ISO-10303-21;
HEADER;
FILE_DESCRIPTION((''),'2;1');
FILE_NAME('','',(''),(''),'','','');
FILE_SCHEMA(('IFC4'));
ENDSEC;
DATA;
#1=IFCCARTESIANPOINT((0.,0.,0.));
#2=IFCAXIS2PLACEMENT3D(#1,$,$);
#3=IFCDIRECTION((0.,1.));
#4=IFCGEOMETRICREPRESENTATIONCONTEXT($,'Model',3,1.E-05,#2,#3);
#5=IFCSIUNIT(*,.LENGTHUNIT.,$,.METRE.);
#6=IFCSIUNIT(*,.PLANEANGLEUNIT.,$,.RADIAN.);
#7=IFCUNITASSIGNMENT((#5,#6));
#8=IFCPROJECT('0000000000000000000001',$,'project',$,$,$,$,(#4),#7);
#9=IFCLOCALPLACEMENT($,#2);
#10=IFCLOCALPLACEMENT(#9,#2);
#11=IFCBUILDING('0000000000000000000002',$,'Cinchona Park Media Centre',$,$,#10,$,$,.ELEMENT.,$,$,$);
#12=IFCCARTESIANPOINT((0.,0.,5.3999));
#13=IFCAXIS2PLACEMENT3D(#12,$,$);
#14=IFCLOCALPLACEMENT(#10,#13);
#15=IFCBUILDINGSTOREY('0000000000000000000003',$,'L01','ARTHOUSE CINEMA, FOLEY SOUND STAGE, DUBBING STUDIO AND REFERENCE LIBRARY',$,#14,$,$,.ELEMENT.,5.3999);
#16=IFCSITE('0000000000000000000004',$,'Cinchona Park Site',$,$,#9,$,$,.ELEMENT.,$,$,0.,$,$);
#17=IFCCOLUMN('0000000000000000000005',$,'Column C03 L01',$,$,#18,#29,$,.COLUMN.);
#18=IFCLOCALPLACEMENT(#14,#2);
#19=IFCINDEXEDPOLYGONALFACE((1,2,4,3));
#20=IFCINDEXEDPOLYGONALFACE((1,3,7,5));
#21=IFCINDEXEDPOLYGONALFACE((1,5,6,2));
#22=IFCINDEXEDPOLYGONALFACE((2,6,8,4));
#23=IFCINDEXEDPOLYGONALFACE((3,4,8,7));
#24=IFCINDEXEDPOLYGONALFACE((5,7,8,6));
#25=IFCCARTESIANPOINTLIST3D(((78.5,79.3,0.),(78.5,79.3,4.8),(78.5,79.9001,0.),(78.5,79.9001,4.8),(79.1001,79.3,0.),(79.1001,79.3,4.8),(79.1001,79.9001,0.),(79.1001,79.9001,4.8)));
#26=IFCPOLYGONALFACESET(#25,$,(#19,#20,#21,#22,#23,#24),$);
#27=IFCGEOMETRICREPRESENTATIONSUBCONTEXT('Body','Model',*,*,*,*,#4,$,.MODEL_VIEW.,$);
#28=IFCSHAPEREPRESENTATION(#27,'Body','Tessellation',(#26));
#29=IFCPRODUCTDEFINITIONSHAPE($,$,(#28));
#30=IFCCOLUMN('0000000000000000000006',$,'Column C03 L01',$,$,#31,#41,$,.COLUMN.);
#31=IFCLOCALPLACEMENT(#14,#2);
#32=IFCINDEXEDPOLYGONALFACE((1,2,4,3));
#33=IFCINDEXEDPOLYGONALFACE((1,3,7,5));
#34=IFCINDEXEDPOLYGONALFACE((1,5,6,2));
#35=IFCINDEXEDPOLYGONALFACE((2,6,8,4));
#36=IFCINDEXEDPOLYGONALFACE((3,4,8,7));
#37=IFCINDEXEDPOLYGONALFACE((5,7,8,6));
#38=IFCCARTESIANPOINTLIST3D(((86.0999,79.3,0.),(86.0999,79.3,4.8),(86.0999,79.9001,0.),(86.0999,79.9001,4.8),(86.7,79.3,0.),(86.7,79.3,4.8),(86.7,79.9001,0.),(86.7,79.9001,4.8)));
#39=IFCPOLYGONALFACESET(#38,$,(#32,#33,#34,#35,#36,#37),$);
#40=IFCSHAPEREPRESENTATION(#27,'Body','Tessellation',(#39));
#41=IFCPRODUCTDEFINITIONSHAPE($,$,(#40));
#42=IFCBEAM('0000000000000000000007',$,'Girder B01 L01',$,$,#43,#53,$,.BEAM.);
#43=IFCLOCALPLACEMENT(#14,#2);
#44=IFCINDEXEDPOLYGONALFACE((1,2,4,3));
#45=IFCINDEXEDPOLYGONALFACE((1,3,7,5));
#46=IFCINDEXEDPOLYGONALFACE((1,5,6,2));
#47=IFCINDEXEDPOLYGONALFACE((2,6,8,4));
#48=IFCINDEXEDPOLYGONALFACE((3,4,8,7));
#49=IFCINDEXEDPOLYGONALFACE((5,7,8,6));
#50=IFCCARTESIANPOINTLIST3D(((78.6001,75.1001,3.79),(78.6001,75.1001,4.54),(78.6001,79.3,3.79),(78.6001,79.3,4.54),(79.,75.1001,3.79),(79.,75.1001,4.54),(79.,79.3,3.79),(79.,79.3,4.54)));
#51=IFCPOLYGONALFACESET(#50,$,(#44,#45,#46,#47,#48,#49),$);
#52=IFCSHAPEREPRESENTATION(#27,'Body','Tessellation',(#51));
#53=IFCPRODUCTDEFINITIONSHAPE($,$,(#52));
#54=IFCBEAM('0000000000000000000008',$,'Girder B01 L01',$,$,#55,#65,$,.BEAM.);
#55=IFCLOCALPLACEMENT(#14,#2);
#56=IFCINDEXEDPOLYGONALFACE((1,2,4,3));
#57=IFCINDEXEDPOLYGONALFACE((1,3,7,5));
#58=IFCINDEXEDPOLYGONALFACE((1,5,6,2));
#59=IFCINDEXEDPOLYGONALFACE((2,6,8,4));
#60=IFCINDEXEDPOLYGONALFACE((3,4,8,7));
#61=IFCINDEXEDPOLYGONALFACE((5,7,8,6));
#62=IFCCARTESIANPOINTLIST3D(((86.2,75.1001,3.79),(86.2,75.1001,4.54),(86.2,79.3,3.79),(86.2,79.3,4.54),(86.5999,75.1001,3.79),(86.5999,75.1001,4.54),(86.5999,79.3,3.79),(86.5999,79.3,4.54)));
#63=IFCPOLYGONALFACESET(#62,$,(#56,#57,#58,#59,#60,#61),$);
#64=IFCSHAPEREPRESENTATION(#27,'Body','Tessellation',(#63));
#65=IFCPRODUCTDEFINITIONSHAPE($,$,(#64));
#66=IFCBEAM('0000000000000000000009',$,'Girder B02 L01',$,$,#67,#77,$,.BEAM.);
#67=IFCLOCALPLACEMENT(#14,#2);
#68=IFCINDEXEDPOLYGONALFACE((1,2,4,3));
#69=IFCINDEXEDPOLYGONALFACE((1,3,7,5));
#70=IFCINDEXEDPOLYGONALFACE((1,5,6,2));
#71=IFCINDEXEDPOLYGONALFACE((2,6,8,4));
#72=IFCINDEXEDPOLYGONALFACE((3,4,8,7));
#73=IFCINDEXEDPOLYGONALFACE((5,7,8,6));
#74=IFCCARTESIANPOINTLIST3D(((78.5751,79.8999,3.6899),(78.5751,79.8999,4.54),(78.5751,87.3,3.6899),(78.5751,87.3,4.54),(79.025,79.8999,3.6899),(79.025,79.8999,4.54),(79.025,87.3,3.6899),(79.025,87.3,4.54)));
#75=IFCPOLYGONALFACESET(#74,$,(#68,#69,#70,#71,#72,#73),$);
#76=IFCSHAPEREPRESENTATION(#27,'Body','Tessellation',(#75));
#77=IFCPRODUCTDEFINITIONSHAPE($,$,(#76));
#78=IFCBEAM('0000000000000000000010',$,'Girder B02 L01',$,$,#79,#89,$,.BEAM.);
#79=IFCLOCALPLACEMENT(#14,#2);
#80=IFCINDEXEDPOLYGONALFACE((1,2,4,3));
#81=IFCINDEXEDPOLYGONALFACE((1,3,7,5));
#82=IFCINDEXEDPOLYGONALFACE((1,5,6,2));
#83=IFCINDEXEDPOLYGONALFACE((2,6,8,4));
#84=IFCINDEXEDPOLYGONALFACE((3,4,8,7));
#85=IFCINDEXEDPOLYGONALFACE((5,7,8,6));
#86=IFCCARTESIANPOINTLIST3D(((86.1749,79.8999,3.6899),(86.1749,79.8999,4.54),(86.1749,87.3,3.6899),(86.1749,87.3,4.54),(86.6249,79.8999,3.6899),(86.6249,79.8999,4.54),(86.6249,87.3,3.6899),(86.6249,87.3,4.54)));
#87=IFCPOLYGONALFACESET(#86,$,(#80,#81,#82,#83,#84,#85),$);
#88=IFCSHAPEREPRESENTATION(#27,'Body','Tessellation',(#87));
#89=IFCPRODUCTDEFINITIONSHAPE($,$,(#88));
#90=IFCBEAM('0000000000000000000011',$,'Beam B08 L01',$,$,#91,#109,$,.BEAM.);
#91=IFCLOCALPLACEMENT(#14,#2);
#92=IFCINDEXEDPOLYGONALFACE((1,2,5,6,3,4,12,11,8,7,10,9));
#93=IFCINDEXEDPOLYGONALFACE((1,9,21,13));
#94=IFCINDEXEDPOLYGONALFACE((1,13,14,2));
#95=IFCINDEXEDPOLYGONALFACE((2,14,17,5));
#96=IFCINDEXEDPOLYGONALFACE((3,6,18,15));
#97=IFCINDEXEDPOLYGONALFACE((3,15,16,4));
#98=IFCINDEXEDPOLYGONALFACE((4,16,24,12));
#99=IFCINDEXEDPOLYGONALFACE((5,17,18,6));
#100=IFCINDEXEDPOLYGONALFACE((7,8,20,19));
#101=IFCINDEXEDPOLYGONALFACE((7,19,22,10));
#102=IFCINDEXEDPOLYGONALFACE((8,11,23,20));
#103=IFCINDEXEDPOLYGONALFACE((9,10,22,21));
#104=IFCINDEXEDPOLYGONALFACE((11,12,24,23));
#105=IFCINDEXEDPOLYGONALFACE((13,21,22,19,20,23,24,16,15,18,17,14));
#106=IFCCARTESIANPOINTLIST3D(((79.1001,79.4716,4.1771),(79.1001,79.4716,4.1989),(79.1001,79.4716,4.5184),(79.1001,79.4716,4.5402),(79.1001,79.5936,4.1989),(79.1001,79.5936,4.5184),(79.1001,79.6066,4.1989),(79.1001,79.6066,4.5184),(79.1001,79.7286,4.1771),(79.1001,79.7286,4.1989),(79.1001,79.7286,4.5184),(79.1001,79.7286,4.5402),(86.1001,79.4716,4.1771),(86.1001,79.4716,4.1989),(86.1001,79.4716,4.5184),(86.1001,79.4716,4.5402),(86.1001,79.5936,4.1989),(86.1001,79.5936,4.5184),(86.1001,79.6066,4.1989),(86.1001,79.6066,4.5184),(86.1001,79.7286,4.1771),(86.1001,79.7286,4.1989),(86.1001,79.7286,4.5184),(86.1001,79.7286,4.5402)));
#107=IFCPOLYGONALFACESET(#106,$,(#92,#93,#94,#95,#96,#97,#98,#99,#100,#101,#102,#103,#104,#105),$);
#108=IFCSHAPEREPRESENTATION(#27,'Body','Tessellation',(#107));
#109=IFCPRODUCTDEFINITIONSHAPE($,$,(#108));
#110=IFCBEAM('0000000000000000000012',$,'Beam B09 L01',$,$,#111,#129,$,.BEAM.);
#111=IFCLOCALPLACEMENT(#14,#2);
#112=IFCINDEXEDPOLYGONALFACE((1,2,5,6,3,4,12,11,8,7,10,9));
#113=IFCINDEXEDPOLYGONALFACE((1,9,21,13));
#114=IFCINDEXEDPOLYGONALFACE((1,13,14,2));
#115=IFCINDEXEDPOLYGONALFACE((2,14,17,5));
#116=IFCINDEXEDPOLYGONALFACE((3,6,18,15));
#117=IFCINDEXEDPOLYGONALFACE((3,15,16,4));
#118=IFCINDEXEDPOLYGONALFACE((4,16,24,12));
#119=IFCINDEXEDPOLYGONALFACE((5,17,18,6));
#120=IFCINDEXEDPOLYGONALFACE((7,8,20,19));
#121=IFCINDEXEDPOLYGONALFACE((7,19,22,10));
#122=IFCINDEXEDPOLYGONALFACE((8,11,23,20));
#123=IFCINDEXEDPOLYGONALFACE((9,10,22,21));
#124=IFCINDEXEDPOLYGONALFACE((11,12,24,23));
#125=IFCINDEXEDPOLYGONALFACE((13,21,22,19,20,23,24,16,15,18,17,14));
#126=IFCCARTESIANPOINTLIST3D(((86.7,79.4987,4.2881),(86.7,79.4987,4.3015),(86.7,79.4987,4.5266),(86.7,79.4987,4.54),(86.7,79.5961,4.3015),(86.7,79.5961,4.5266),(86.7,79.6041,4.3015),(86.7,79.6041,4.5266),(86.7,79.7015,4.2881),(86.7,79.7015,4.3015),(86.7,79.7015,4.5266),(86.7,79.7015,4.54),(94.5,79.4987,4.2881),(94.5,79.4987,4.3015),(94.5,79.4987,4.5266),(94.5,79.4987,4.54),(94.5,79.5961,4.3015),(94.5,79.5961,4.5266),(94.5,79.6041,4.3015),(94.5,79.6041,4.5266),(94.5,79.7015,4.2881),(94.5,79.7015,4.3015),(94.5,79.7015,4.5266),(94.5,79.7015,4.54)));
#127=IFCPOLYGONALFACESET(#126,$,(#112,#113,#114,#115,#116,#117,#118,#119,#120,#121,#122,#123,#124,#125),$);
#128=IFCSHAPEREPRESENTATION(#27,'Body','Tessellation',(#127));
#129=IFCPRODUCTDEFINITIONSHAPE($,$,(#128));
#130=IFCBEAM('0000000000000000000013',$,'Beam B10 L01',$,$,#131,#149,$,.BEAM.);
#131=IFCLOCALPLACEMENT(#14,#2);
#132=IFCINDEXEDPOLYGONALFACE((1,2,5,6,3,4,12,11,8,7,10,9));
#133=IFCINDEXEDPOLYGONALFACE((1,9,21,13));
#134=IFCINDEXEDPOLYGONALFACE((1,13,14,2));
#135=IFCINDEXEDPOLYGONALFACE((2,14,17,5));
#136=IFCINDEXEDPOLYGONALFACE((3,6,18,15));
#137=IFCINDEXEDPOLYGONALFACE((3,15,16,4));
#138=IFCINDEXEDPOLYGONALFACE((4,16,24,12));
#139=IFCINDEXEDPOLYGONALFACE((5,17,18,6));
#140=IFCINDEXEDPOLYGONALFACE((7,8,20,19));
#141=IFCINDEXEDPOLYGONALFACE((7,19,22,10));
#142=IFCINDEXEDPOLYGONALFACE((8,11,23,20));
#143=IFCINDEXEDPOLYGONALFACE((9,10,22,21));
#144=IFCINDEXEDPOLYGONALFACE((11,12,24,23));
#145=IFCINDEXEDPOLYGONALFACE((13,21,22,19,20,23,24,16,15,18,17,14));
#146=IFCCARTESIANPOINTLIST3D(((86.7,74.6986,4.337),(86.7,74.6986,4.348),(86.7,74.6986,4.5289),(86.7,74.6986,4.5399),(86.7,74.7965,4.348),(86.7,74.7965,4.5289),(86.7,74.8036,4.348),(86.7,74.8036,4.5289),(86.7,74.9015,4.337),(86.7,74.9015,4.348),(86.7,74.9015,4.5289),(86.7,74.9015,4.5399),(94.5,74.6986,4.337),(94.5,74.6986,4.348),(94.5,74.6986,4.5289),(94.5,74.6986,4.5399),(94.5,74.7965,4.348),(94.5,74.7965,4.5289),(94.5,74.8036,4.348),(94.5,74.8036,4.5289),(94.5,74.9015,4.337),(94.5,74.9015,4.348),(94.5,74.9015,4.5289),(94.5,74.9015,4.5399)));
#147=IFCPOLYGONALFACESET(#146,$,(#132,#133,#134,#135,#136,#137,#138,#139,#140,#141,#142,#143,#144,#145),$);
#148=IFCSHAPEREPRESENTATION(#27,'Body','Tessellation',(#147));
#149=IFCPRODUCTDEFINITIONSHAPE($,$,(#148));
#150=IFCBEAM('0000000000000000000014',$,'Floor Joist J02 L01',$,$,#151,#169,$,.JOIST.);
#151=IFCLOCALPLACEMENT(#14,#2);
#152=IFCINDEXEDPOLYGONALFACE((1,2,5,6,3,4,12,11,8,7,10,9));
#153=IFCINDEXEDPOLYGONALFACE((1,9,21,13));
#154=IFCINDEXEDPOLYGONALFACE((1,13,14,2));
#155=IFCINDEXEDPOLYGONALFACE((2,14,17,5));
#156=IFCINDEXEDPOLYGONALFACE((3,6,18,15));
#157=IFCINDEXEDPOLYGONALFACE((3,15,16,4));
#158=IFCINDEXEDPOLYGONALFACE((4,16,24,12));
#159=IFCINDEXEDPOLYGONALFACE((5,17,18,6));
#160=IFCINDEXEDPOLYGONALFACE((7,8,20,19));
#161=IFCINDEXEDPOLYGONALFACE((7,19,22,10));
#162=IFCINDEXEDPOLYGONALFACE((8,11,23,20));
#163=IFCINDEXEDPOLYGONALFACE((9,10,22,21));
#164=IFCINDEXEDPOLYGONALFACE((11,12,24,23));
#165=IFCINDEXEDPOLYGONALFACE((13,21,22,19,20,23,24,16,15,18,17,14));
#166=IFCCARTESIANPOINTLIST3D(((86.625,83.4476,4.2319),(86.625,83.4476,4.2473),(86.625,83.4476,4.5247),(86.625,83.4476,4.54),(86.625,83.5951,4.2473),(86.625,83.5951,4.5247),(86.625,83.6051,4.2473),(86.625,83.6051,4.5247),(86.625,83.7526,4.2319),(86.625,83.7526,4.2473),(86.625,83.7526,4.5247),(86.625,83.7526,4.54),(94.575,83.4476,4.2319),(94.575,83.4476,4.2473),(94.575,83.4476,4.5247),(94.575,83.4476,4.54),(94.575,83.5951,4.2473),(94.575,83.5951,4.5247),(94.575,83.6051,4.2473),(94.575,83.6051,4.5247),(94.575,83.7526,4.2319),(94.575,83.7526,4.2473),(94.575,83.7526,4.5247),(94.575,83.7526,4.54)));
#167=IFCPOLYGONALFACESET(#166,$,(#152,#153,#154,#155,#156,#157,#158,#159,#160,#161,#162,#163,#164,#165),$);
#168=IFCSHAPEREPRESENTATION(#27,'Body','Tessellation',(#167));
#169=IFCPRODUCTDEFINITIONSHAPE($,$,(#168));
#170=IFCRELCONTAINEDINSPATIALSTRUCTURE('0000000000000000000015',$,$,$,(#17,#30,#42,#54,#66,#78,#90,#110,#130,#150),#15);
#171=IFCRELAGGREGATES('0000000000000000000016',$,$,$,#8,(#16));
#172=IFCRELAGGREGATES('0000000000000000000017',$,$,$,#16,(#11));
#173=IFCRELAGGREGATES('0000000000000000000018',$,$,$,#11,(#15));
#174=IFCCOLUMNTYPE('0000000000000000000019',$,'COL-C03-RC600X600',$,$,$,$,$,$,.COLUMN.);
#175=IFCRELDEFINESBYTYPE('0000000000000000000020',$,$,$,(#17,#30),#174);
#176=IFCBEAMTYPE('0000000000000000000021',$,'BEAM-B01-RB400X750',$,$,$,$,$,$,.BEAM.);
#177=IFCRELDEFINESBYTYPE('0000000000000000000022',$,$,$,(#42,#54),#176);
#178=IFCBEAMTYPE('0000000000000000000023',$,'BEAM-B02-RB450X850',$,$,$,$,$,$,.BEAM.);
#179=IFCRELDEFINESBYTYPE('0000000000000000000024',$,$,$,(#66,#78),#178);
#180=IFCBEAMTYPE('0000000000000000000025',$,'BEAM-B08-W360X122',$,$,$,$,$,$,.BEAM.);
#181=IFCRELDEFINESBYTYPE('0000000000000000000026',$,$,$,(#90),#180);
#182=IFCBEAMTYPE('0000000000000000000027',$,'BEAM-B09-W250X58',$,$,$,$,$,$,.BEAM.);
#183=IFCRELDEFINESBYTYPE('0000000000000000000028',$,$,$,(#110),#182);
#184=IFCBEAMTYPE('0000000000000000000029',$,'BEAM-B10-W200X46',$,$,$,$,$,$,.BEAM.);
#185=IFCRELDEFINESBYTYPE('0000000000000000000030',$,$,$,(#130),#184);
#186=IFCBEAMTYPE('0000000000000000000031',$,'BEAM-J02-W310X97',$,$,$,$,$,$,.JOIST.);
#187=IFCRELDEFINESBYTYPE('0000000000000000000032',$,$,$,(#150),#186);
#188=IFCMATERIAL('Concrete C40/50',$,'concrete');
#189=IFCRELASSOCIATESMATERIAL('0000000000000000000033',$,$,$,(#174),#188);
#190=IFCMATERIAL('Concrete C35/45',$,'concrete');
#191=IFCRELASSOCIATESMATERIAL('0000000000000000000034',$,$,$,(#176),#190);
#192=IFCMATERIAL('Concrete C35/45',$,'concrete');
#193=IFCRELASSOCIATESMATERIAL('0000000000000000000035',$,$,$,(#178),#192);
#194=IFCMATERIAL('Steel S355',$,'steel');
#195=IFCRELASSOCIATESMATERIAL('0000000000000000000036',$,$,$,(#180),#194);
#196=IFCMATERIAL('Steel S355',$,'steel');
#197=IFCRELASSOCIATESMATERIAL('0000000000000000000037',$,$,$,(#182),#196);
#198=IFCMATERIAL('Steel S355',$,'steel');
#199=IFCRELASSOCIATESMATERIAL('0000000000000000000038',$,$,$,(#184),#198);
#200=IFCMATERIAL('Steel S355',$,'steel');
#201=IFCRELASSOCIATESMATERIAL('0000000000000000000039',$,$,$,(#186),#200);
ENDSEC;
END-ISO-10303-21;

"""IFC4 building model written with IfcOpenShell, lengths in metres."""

from ifc_helpers import new_model, si_unit, direction, frame, origin, origin_2d, place, context, subcontext, project, spatial, rectangle, i_section, extrude, material, material_profile, profile_set, type_object, element, save


model = new_model("IFC4")

# Units and contexts
model_context = context("Model", 3, precision=1e-05, world=origin(), true_north=direction((0.0, 1.0)))
body_context = subcontext(model_context, "Body", "Model", "MODEL_VIEW")
ifc_project = project(units=[si_unit("LENGTHUNIT", "METRE"), si_unit("PLANEANGLEUNIT", "RADIAN")], contexts=[model_context])

# Site, building, storey
site_placement = place(None, origin())
site = spatial("IfcSite", under=ifc_project, at=site_placement, Name="Cinchona Park Site", CompositionType="ELEMENT", RefElevation=0.0)
building_placement = place(site_placement, origin())
building = spatial("IfcBuilding", under=site, at=building_placement, Name="Cinchona Park Media Centre", CompositionType="ELEMENT")
storey_placement = place(building_placement, frame((0.0, 0.0, 5.3999)))
storey = spatial("IfcBuildingStorey", under=building, at=storey_placement, Name="L01", Description="ARTHOUSE CINEMA, FOLEY SOUND STAGE, DUBBING STUDIO AND REFERENCE LIBRARY", CompositionType="ELEMENT", Elevation=5.3999)

# Columns
ifc_material_1 = material(Name="Concrete C40/50", Category="concrete")
ifc_material_profile_1 = material_profile(ifc_material_1, rectangle(XDim=0.6001, YDim=0.6001, at=origin_2d()), Name="RC 600X600")
ifc_profile_set_1 = profile_set([ifc_material_profile_1], Name="Concrete C40/50")
column_type = type_object("IfcColumnType", Name="COL-C03-RC600X600", PredefinedType="COLUMN", material=ifc_profile_set_1)
for number, where, z_axis, x_axis, name in (
    (1, (78.8, 79.6001, 0.0), (0.0, 0.0, 1.0), (1.0, 0.0, 0.0), "Column C03 L01"),
    (2, (86.3999, 79.6001, 0.0), (0.0, 0.0, 1.0), (1.0, 0.0, 0.0), "Column C03 L01"),
):
    element("IfcColumn", number, at=place(storey_placement, frame(where, z_axis=z_axis, x_axis=x_axis)), inside=storey, type_object=column_type, Name=name, PredefinedType="COLUMN", context=body_context, shape_type="SweptSolid", body=[
        extrude(rectangle(XDim=0.6001, YDim=0.6001, at=origin_2d()), origin(), (0.0, 0.0, 1.0), 4.8),
    ])

# Beams
ifc_material_2 = material(Name="Concrete C35/45", Category="concrete")
ifc_material_profile_2 = material_profile(ifc_material_2, rectangle(XDim=0.3999, YDim=0.75, at=origin_2d()), Name="RB 400X750")
ifc_profile_set_2 = profile_set([ifc_material_profile_2], Name="Concrete C35/45")
beam_type_1 = type_object("IfcBeamType", Name="BEAM-B01-RB400X750", PredefinedType="BEAM", material=ifc_profile_set_2)
for number, where, z_axis, x_axis, name in (
    (3, (78.8, 75.1001, 4.165), (0.0, 1.0, 0.0), (-1.0, 0.0, 0.0), "Girder B01 L01"),
    (4, (86.3999, 75.1001, 4.165), (0.0, 1.0, 0.0), (-1.0, 0.0, 0.0), "Girder B01 L01"),
):
    element("IfcBeam", number, at=place(storey_placement, frame(where, z_axis=z_axis, x_axis=x_axis)), inside=storey, type_object=beam_type_1, Name=name, PredefinedType="BEAM", context=body_context, shape_type="SweptSolid", body=[
        extrude(rectangle(XDim=0.3999, YDim=0.75, at=origin_2d()), origin(), (0.0, 0.0, 1.0), 4.2),
    ])
ifc_material_3 = material(Name="Concrete C35/45", Category="concrete")
ifc_material_profile_3 = material_profile(ifc_material_3, rectangle(XDim=0.45, YDim=0.8501, at=origin_2d()), Name="RB 450X850")
ifc_profile_set_3 = profile_set([ifc_material_profile_3], Name="Concrete C35/45")
beam_type_2 = type_object("IfcBeamType", Name="BEAM-B02-RB450X850", PredefinedType="BEAM", material=ifc_profile_set_3)
for number, where, z_axis, x_axis, name in (
    (5, (78.8, 79.8999, 4.115), (0.0, 1.0, 0.0), (-1.0, 0.0, 0.0), "Girder B02 L01"),
    (6, (86.3999, 79.8999, 4.115), (0.0, 1.0, 0.0), (-1.0, 0.0, 0.0), "Girder B02 L01"),
):
    element("IfcBeam", number, at=place(storey_placement, frame(where, z_axis=z_axis, x_axis=x_axis)), inside=storey, type_object=beam_type_2, Name=name, PredefinedType="BEAM", context=body_context, shape_type="SweptSolid", body=[
        extrude(rectangle(XDim=0.45, YDim=0.8501, at=origin_2d()), origin(), (0.0, 0.0, 1.0), 7.4001),
    ])
ifc_material_4 = material(Name="Steel S355", Category="steel")
ifc_material_profile_4 = material_profile(ifc_material_4, i_section(OverallWidth=0.2571, OverallDepth=0.363, WebThickness=0.0129, FlangeThickness=0.0217, at=origin_2d()), Name="W360X122")
ifc_profile_set_4 = profile_set([ifc_material_profile_4], Name="Steel S355")
beam_type_3 = type_object("IfcBeamType", Name="BEAM-B08-W360X122", PredefinedType="BEAM", material=ifc_profile_set_4)
beam_1_placement = place(storey_placement, frame((79.1001, 79.6001, 4.3586), z_axis=(1.0, 0.0, 0.0), x_axis=(0.0, 1.0, 0.0)))
element("IfcBeam", 7, at=beam_1_placement, inside=storey, type_object=beam_type_3, Name="Beam B08 L01", PredefinedType="BEAM", context=body_context, shape_type="SweptSolid", body=[
    extrude(i_section(OverallWidth=0.2571, OverallDepth=0.363, WebThickness=0.0129, FlangeThickness=0.0217, at=origin_2d()), origin(), (0.0, 0.0, 1.0), 7.0),
])
ifc_material_5 = material(Name="Steel S355", Category="steel")
ifc_material_profile_5 = material_profile(ifc_material_5, i_section(OverallWidth=0.2029, OverallDepth=0.252, WebThickness=0.0081, FlangeThickness=0.0134, at=origin_2d()), Name="W250X58")
ifc_profile_set_5 = profile_set([ifc_material_profile_5], Name="Steel S355")
beam_type_4 = type_object("IfcBeamType", Name="BEAM-B09-W250X58", PredefinedType="BEAM", material=ifc_profile_set_5)
beam_2_placement = place(storey_placement, frame((86.7, 79.6001, 4.4141), z_axis=(1.0, 0.0, 0.0), x_axis=(0.0, 1.0, 0.0)))
element("IfcBeam", 8, at=beam_2_placement, inside=storey, type_object=beam_type_4, Name="Beam B09 L01", PredefinedType="BEAM", context=body_context, shape_type="SweptSolid", body=[
    extrude(i_section(OverallWidth=0.2029, OverallDepth=0.252, WebThickness=0.0081, FlangeThickness=0.0134, at=origin_2d()), origin(), (0.0, 0.0, 1.0), 7.8),
])
ifc_material_6 = material(Name="Steel S355", Category="steel")
ifc_material_profile_6 = material_profile(ifc_material_6, i_section(OverallWidth=0.2029, OverallDepth=0.2029, WebThickness=0.0071, FlangeThickness=0.011, at=origin_2d()), Name="W200X46")
ifc_profile_set_6 = profile_set([ifc_material_profile_6], Name="Steel S355")
beam_type_5 = type_object("IfcBeamType", Name="BEAM-B10-W200X46", PredefinedType="BEAM", material=ifc_profile_set_6)
beam_3_placement = place(storey_placement, frame((86.7, 74.8, 4.4385), z_axis=(1.0, 0.0, 0.0), x_axis=(0.0, 1.0, 0.0)))
element("IfcBeam", 9, at=beam_3_placement, inside=storey, type_object=beam_type_5, Name="Beam B10 L01", PredefinedType="BEAM", context=body_context, shape_type="SweptSolid", body=[
    extrude(i_section(OverallWidth=0.2029, OverallDepth=0.2029, WebThickness=0.0071, FlangeThickness=0.011, at=origin_2d()), origin(), (0.0, 0.0, 1.0), 7.8),
])
ifc_material_7 = material(Name="Steel S355", Category="steel")
ifc_material_profile_7 = material_profile(ifc_material_7, i_section(OverallWidth=0.3049, OverallDepth=0.3081, WebThickness=0.01, FlangeThickness=0.0154, at=origin_2d()), Name="W310X97")
ifc_profile_set_7 = profile_set([ifc_material_profile_7], Name="Steel S355")
beam_type_6 = type_object("IfcBeamType", Name="BEAM-J02-W310X97", PredefinedType="JOIST", material=ifc_profile_set_7)
beam_4_placement = place(storey_placement, frame((86.625, 83.6001, 4.386), z_axis=(1.0, 0.0, 0.0), x_axis=(0.0, 1.0, 0.0)))
element("IfcBeam", 10, at=beam_4_placement, inside=storey, type_object=beam_type_6, Name="Floor Joist J02 L01", PredefinedType="JOIST", context=body_context, shape_type="SweptSolid", body=[
    extrude(i_section(OverallWidth=0.3049, OverallDepth=0.3081, WebThickness=0.01, FlangeThickness=0.0154, at=origin_2d()), origin(), (0.0, 0.0, 1.0), 7.95),
])

save(model, "model.ifc")
